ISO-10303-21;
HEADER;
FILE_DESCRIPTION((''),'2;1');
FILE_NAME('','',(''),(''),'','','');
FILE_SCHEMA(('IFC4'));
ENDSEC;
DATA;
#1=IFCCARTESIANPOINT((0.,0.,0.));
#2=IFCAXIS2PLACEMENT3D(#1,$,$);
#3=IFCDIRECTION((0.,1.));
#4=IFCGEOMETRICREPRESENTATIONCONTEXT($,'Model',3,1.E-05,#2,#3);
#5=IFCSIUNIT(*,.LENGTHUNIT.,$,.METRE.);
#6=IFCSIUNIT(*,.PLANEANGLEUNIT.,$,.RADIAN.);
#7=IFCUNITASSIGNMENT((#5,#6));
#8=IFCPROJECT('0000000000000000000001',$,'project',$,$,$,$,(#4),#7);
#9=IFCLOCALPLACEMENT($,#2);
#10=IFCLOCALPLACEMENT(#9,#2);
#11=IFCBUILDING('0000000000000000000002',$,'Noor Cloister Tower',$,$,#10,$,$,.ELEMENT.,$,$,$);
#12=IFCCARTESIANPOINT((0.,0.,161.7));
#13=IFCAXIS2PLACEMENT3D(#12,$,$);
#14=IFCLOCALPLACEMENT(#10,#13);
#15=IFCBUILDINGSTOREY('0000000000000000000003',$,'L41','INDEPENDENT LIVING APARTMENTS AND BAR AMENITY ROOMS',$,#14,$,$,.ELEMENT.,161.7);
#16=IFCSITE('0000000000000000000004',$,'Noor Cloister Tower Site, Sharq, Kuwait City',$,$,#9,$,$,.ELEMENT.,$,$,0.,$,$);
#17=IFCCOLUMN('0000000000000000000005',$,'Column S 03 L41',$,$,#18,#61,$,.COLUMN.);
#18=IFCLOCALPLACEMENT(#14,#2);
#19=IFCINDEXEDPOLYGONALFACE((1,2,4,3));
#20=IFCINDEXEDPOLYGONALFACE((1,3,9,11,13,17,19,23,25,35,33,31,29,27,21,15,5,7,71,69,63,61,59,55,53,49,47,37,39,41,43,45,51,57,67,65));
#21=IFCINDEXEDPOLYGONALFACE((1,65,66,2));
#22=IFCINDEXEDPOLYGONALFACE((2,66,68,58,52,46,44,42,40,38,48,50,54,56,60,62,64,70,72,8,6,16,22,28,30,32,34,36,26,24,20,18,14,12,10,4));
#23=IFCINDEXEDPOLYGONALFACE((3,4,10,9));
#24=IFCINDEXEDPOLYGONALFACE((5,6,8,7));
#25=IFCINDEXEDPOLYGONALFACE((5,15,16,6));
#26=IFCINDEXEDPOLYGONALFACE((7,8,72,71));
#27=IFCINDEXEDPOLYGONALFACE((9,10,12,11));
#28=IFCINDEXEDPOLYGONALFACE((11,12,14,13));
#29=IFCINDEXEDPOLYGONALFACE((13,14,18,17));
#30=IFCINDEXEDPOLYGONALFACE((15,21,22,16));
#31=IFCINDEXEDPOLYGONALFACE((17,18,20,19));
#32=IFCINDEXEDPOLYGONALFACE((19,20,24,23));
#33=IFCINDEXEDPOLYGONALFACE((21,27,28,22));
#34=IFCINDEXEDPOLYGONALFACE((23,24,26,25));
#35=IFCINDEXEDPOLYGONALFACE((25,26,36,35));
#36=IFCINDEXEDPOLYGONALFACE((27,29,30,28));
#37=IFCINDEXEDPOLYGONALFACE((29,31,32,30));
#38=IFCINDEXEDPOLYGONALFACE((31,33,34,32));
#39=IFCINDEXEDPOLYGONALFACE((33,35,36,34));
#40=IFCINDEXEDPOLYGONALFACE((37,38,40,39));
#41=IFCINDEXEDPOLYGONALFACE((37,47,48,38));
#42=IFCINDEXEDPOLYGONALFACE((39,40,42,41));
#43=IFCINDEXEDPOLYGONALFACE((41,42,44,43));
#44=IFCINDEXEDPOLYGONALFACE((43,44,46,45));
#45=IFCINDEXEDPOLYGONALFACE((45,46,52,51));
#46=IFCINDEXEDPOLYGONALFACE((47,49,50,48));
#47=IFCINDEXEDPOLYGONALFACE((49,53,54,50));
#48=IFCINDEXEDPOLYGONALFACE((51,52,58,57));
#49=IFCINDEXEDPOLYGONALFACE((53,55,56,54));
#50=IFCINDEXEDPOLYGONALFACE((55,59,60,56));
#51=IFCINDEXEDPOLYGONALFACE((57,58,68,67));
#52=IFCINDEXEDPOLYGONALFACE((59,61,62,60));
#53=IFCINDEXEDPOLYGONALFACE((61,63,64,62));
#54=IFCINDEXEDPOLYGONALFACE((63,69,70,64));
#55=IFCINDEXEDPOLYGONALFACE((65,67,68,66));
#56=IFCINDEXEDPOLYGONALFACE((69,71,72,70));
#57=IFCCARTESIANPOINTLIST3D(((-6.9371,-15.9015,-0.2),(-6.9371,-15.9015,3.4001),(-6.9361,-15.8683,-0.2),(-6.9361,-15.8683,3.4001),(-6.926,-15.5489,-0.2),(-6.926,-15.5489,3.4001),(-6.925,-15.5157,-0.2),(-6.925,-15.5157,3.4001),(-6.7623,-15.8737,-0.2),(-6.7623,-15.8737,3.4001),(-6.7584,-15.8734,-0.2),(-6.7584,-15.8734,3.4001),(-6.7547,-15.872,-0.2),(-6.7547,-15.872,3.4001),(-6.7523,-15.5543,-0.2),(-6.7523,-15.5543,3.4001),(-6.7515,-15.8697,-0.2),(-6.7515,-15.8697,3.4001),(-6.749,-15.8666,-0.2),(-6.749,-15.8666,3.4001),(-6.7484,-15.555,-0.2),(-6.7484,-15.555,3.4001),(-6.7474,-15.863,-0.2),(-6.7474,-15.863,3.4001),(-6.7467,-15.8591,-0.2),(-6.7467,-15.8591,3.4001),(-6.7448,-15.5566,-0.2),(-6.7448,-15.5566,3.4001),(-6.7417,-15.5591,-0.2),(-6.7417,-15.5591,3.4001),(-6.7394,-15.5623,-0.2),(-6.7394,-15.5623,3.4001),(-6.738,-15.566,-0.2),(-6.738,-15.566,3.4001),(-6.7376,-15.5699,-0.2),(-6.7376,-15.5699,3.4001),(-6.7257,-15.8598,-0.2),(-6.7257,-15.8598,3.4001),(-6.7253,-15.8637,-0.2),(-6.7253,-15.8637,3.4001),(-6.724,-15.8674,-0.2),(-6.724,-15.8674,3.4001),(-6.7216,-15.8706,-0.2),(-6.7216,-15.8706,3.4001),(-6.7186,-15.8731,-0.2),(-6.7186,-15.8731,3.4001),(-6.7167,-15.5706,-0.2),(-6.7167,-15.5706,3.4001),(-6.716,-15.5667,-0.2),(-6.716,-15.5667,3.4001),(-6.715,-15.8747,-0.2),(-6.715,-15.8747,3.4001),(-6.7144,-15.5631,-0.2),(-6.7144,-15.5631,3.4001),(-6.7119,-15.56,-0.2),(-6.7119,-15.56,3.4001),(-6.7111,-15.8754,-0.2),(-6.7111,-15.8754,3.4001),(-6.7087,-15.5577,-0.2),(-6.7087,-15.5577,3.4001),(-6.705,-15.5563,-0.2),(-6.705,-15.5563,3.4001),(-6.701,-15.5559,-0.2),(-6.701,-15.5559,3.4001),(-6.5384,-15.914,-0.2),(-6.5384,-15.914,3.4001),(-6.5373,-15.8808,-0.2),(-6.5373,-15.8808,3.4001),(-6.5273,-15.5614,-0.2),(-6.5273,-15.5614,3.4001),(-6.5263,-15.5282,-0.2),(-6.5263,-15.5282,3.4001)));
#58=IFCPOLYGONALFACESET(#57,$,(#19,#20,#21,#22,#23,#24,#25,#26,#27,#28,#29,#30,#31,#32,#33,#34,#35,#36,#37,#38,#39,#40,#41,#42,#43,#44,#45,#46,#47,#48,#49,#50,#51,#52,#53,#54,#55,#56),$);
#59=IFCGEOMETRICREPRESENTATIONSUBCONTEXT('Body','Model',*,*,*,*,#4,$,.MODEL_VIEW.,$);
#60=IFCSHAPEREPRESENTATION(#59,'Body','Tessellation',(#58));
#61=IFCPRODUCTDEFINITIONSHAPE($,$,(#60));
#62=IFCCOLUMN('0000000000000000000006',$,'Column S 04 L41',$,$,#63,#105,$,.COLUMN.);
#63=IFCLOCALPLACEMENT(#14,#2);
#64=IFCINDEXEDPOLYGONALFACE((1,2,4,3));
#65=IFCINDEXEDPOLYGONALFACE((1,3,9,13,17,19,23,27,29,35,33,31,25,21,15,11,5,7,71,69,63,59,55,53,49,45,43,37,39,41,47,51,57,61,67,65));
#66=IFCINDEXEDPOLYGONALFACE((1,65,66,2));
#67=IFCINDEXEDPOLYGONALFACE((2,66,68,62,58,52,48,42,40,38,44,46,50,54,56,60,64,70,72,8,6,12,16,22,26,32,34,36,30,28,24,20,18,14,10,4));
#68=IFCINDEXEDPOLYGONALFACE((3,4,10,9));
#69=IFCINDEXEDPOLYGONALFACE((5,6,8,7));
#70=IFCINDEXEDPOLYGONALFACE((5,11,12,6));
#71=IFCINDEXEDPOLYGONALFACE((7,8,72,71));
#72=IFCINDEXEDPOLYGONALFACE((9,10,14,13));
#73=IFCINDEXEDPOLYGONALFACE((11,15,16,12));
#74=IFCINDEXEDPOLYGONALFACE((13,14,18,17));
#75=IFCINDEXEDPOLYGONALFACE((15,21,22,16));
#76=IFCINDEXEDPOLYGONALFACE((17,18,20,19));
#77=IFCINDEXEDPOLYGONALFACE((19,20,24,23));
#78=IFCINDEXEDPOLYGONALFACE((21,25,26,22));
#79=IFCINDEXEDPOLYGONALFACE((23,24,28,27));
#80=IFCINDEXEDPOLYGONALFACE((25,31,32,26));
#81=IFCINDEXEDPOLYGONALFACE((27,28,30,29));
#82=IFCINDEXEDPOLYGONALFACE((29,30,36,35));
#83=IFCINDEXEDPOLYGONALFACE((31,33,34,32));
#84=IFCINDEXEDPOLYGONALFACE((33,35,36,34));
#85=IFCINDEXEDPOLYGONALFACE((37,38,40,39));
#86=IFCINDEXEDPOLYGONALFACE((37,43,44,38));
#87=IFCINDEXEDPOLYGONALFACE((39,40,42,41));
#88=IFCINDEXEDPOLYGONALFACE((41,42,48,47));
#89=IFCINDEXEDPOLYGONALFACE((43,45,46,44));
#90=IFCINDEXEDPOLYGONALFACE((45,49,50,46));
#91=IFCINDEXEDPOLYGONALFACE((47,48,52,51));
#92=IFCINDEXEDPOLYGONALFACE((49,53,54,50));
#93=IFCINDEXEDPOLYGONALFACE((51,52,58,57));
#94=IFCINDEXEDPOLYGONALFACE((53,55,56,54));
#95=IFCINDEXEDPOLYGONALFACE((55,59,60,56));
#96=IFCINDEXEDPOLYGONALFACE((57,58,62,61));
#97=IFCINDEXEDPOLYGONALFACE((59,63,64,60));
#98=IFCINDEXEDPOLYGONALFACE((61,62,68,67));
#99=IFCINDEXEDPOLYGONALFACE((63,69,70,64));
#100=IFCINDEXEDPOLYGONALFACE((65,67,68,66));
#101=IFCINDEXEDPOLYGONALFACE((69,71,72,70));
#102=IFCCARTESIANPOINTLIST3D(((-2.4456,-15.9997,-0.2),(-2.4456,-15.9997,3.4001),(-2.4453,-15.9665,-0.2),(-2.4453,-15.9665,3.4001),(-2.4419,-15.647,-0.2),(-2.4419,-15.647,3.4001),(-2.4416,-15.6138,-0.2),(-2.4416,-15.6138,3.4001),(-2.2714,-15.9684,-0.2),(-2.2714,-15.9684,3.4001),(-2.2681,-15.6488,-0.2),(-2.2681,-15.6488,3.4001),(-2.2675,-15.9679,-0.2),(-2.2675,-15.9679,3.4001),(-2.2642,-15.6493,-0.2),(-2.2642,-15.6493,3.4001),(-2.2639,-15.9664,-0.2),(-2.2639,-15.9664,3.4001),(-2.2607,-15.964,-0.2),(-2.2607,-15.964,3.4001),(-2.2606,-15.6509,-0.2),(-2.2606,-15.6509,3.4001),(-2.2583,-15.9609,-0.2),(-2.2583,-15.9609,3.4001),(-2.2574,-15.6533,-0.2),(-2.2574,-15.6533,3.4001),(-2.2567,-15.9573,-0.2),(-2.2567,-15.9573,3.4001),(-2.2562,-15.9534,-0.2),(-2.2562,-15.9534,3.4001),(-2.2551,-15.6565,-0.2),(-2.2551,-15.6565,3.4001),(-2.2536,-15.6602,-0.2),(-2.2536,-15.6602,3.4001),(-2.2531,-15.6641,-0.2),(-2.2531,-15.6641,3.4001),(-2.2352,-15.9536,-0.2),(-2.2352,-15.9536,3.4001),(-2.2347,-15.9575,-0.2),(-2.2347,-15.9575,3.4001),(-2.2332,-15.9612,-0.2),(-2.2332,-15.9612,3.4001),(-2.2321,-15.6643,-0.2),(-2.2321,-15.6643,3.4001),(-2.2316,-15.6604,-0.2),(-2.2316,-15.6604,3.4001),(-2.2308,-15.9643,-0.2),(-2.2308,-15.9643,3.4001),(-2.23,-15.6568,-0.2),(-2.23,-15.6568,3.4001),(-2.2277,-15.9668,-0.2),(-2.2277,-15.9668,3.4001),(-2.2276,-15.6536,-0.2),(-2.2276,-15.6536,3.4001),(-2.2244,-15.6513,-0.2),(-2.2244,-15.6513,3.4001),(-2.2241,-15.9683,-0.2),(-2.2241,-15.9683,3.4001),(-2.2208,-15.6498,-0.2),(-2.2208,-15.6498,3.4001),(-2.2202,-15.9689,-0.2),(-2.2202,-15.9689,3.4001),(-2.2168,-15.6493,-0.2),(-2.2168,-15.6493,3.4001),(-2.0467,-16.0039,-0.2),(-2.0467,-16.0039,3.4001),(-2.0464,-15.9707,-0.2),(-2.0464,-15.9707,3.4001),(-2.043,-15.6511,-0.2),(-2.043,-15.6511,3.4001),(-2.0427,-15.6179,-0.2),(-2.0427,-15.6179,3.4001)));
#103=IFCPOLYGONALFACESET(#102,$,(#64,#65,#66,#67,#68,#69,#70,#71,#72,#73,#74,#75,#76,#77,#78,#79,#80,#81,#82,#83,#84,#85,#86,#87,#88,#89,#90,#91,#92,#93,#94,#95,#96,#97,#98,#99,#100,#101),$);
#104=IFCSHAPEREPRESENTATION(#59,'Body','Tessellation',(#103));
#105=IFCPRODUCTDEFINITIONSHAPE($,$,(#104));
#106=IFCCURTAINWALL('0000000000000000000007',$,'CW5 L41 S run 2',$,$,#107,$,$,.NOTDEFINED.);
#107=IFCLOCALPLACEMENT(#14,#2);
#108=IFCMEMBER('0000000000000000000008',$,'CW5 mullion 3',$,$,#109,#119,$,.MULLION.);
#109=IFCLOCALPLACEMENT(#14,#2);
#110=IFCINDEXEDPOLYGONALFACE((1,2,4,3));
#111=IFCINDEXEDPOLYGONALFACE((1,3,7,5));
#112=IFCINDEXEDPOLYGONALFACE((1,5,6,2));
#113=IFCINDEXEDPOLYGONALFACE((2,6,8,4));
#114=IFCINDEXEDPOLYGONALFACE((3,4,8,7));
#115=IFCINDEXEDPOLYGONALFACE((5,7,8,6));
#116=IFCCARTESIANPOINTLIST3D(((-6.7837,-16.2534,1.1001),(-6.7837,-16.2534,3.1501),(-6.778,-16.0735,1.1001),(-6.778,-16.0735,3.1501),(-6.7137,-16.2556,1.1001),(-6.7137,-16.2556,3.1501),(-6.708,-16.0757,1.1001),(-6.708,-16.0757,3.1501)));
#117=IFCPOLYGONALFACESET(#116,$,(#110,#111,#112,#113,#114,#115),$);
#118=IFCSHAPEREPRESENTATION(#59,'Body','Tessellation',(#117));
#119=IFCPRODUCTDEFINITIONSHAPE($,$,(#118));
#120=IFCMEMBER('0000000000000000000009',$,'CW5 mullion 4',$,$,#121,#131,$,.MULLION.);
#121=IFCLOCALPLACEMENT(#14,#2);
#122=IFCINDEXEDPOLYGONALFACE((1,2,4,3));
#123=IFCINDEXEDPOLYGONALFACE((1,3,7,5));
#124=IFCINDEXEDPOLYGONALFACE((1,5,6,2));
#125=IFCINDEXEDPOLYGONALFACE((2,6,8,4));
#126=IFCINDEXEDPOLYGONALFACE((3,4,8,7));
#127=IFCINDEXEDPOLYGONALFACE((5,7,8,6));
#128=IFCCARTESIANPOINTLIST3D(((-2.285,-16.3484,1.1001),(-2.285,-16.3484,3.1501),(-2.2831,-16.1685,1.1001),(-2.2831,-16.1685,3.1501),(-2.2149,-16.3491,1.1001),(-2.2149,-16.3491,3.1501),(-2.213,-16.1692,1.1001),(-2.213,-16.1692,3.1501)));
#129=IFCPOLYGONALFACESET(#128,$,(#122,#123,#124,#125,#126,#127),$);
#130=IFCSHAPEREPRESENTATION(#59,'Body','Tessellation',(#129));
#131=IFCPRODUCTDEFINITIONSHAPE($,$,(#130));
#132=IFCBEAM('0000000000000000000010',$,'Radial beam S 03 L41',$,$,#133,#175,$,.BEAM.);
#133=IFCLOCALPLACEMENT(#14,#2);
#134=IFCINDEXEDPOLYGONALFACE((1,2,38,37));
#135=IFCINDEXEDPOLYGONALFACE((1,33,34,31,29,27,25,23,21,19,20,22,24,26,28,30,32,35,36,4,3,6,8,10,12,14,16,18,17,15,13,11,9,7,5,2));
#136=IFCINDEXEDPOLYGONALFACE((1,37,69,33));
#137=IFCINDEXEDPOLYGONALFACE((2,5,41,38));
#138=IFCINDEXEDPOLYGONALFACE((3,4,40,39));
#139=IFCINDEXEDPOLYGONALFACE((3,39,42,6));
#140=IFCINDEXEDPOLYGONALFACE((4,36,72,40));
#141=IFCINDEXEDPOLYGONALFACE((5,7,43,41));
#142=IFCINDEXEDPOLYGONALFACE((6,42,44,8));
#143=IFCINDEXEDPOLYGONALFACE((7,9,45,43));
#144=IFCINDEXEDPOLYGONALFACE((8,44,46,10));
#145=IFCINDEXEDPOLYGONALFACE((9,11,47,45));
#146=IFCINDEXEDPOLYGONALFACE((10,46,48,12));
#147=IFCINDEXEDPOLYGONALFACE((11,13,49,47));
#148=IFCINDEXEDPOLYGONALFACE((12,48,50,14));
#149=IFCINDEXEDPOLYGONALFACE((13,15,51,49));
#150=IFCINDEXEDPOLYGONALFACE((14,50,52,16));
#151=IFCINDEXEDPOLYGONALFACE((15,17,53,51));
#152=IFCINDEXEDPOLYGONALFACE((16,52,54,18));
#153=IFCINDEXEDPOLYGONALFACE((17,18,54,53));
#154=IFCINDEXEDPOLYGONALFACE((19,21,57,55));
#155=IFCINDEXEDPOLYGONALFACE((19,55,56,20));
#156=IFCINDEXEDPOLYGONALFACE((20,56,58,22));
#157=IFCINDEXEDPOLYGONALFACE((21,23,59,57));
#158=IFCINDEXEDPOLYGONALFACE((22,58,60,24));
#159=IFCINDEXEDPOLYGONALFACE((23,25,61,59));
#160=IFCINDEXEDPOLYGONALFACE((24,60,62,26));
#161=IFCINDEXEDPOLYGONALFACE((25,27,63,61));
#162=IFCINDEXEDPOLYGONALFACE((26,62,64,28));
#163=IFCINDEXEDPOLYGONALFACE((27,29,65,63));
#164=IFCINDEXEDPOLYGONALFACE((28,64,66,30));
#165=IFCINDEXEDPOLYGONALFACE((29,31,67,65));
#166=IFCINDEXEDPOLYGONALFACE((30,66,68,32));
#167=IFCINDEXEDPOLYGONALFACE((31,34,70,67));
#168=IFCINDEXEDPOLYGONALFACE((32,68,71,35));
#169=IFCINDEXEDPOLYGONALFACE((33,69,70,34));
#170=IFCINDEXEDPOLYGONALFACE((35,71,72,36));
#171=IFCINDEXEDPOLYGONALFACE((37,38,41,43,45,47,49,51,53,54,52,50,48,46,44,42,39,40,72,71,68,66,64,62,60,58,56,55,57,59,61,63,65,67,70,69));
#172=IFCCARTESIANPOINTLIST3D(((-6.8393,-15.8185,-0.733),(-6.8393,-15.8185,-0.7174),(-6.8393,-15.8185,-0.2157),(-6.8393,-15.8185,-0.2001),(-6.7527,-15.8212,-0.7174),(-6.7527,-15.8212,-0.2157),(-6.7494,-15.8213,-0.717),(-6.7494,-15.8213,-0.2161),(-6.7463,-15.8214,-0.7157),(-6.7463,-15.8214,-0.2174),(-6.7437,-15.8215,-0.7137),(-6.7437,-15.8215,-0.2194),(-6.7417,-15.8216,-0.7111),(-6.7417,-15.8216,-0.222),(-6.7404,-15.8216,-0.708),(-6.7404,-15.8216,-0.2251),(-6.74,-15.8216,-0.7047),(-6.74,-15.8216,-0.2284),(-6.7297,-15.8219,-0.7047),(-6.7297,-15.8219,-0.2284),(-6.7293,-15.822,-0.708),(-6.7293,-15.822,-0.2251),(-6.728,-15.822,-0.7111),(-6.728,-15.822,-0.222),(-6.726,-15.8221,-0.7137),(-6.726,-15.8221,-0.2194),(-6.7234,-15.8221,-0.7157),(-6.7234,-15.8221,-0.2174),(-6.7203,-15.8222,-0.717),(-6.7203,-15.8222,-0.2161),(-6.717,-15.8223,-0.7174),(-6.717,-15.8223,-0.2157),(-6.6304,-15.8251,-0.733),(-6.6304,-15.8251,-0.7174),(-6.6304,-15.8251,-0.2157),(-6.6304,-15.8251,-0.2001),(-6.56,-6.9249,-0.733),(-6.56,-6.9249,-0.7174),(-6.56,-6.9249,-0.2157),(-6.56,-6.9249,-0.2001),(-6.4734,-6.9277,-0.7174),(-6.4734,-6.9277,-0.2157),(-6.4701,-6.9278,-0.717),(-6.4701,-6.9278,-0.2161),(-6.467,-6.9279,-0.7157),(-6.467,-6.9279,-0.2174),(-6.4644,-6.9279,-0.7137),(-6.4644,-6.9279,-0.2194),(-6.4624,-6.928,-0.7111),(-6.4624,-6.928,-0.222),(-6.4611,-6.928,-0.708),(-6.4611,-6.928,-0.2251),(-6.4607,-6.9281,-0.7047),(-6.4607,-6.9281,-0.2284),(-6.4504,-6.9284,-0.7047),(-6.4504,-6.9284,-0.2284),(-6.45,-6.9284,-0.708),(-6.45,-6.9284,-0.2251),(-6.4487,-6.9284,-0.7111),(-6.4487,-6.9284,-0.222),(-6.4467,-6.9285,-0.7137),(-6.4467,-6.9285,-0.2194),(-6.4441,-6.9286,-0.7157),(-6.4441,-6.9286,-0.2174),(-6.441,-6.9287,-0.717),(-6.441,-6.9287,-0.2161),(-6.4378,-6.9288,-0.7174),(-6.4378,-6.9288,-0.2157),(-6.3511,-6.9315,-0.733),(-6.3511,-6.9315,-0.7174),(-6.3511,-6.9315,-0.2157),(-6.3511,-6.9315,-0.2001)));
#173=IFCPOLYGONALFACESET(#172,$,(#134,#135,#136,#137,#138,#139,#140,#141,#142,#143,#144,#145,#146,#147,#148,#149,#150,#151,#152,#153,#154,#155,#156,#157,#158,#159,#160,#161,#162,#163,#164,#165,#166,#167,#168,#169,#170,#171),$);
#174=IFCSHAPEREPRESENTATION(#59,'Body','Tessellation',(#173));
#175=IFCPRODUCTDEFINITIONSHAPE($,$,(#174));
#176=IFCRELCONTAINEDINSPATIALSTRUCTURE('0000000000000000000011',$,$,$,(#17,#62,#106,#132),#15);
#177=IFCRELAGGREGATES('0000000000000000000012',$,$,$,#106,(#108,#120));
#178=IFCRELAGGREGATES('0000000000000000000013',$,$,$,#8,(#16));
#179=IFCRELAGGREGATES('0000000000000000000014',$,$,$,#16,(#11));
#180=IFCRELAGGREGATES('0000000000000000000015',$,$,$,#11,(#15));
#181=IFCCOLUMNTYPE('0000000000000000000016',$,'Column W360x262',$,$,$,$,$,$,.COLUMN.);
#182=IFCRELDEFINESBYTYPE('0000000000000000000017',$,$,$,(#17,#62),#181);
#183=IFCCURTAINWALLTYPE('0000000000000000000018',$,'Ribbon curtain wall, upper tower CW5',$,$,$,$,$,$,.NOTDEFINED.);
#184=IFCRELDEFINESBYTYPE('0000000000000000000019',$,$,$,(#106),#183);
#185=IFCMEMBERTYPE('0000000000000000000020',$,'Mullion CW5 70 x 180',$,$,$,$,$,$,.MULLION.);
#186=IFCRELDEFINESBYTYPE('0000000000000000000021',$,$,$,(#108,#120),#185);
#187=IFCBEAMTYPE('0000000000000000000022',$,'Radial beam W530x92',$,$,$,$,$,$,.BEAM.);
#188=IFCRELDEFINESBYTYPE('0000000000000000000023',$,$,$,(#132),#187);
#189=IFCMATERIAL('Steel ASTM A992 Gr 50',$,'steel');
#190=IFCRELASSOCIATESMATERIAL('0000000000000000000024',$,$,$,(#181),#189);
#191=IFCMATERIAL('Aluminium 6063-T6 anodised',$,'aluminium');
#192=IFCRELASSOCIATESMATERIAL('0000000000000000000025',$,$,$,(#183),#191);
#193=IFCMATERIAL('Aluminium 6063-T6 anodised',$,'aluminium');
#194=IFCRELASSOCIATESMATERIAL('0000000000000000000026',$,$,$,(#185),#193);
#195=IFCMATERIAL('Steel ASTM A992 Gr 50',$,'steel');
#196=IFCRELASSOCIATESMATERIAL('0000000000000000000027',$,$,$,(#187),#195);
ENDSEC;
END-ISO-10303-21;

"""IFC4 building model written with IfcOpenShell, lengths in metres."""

from ifc_helpers import new_model, si_unit, direction, frame, origin, origin_2d, place, context, subcontext, project, spatial, rectangle, i_section, extrude, material, material_profile, profile_set, type_object, element, aggregate, save


model = new_model("IFC4")

# Units and contexts
model_context = context("Model", 3, precision=1e-05, world=origin(), true_north=direction((0.0, 1.0)))
body_context = subcontext(model_context, "Body", "Model", "MODEL_VIEW")
ifc_project = project(units=[si_unit("LENGTHUNIT", "METRE"), si_unit("PLANEANGLEUNIT", "RADIAN")], contexts=[model_context])

# Site, building, storey
site_placement = place(None, origin())
site = spatial("IfcSite", under=ifc_project, at=site_placement, Name="Noor Cloister Tower Site, Sharq, Kuwait City", CompositionType="ELEMENT", RefElevation=0.0)
building_placement = place(site_placement, origin())
building = spatial("IfcBuilding", under=site, at=building_placement, Name="Noor Cloister Tower", CompositionType="ELEMENT")
storey_placement = place(building_placement, frame((0.0, 0.0, 161.7)))
storey = spatial("IfcBuildingStorey", under=building, at=storey_placement, Name="L41", Description="INDEPENDENT LIVING APARTMENTS AND BAR AMENITY ROOMS", CompositionType="ELEMENT", Elevation=161.7)

# Columns
ifc_material_1 = material(Name="Steel ASTM A992 Gr 50", Category="steel")
ifc_material_profile_1 = material_profile(ifc_material_1, i_section(OverallWidth=0.3989, OverallDepth=0.386, WebThickness=0.021, FlangeThickness=0.0332, FilletRadius=0.0151, at=origin_2d()), Name="W360x262")
ifc_profile_set_1 = profile_set([ifc_material_profile_1], Name="Steel ASTM A992 Gr 50")
column_type = type_object("IfcColumnType", Name="Column W360x262", PredefinedType="COLUMN", material=ifc_profile_set_1)
for number, where, z_axis, x_axis, name in (
    (1, (-6.7317, -15.7148, -0.2), (0.0, 0.0, 1.0), (0.999506, -0.031414, 0.0), "Column S 03 L41"),
    (2, (-2.2441, -15.8088, -0.2), (0.0, 0.0, 1.0), (0.999945, -0.010473, 0.0), "Column S 04 L41"),
):
    element("IfcColumn", number, at=place(storey_placement, frame(where, z_axis=z_axis, x_axis=x_axis)), inside=storey, type_object=column_type, Name=name, PredefinedType="COLUMN", context=body_context, shape_type="SweptSolid", body=[
        extrude(i_section(OverallWidth=0.3989, OverallDepth=0.386, WebThickness=0.021, FlangeThickness=0.0332, FilletRadius=0.0151, at=origin_2d()), origin(), (0.0, 0.0, 1.0), 3.6001),
    ])

# Curtain wall, members
ifc_material_2 = material(Name="Aluminium 6063-T6 anodised", Category="aluminium")
curtain_wall_type = type_object("IfcCurtainWallType", Name="Ribbon curtain wall, upper tower CW5", PredefinedType="NOTDEFINED", material=ifc_material_2)
curtain_wall_placement = place(storey_placement, origin())
curtain_wall = element("IfcCurtainWall", 3, at=curtain_wall_placement, inside=storey, type_object=curtain_wall_type, Name="CW5 L41 S run 2", PredefinedType="NOTDEFINED")
ifc_material_3 = material(Name="Aluminium 6063-T6 anodised", Category="aluminium")
ifc_material_profile_2 = material_profile(ifc_material_3, rectangle(XDim=0.1799, YDim=0.0701, at=origin_2d()), Name="180 x 70 mullion")
ifc_profile_set_2 = profile_set([ifc_material_profile_2], Name="Aluminium 6063-T6 anodised")
member_type = type_object("IfcMemberType", Name="Mullion CW5 70 x 180", PredefinedType="MULLION", material=ifc_profile_set_2)
member_1_placement = place(storey_placement, frame((-6.7458, -16.1646, 1.1001), z_axis=(0.0, 0.0, 1.0), x_axis=(0.031414, 0.999506, 0.0)))
member_1 = element("IfcMember", 4, at=member_1_placement, type_object=member_type, Name="CW5 mullion 3", PredefinedType="MULLION", context=body_context, shape_type="SweptSolid", body=[
    extrude(rectangle(XDim=0.1799, YDim=0.0701, at=origin_2d()), origin(), (0.0, 0.0, 1.0), 2.05),
])
member_2_placement = place(storey_placement, frame((-2.249, -16.2588, 1.1001), z_axis=(0.0, 0.0, 1.0), x_axis=(0.010473, 0.999945, 0.0)))
member_2 = element("IfcMember", 5, at=member_2_placement, type_object=member_type, Name="CW5 mullion 4", PredefinedType="MULLION", context=body_context, shape_type="SweptSolid", body=[
    extrude(rectangle(XDim=0.1799, YDim=0.0701, at=origin_2d()), origin(), (0.0, 0.0, 1.0), 2.05),
])

# Beam
ifc_material_4 = material(Name="Steel ASTM A992 Gr 50", Category="steel")
ifc_material_profile_3 = material_profile(ifc_material_4, i_section(OverallWidth=0.209, OverallDepth=0.533, WebThickness=0.0103, FlangeThickness=0.0156, FilletRadius=0.0127, at=origin_2d()), Name="W530x92")
ifc_profile_set_3 = profile_set([ifc_material_profile_3], Name="Steel ASTM A992 Gr 50")
beam_type_1 = type_object("IfcBeamType", Name="Radial beam W530x92", PredefinedType="BEAM", material=ifc_profile_set_3)
beam_1_placement = place(storey_placement, frame((-6.7349, -15.8218, -0.4666), z_axis=(0.031389, 0.999507, 0.0), x_axis=(-0.999507, 0.031389, 0.0)))
element("IfcBeam", 6, at=beam_1_placement, inside=storey, type_object=beam_type_1, Name="Radial beam S 03 L41", PredefinedType="BEAM", context=body_context, shape_type="SweptSolid", body=[
    extrude(i_section(OverallWidth=0.209, OverallDepth=0.533, WebThickness=0.0103, FlangeThickness=0.0156, FilletRadius=0.0127, at=origin_2d()), origin(), (0.0, 0.0, 1.0), 8.8979),
])

aggregate(curtain_wall, [member_1, member_2])

save(model, "model.ifc")
